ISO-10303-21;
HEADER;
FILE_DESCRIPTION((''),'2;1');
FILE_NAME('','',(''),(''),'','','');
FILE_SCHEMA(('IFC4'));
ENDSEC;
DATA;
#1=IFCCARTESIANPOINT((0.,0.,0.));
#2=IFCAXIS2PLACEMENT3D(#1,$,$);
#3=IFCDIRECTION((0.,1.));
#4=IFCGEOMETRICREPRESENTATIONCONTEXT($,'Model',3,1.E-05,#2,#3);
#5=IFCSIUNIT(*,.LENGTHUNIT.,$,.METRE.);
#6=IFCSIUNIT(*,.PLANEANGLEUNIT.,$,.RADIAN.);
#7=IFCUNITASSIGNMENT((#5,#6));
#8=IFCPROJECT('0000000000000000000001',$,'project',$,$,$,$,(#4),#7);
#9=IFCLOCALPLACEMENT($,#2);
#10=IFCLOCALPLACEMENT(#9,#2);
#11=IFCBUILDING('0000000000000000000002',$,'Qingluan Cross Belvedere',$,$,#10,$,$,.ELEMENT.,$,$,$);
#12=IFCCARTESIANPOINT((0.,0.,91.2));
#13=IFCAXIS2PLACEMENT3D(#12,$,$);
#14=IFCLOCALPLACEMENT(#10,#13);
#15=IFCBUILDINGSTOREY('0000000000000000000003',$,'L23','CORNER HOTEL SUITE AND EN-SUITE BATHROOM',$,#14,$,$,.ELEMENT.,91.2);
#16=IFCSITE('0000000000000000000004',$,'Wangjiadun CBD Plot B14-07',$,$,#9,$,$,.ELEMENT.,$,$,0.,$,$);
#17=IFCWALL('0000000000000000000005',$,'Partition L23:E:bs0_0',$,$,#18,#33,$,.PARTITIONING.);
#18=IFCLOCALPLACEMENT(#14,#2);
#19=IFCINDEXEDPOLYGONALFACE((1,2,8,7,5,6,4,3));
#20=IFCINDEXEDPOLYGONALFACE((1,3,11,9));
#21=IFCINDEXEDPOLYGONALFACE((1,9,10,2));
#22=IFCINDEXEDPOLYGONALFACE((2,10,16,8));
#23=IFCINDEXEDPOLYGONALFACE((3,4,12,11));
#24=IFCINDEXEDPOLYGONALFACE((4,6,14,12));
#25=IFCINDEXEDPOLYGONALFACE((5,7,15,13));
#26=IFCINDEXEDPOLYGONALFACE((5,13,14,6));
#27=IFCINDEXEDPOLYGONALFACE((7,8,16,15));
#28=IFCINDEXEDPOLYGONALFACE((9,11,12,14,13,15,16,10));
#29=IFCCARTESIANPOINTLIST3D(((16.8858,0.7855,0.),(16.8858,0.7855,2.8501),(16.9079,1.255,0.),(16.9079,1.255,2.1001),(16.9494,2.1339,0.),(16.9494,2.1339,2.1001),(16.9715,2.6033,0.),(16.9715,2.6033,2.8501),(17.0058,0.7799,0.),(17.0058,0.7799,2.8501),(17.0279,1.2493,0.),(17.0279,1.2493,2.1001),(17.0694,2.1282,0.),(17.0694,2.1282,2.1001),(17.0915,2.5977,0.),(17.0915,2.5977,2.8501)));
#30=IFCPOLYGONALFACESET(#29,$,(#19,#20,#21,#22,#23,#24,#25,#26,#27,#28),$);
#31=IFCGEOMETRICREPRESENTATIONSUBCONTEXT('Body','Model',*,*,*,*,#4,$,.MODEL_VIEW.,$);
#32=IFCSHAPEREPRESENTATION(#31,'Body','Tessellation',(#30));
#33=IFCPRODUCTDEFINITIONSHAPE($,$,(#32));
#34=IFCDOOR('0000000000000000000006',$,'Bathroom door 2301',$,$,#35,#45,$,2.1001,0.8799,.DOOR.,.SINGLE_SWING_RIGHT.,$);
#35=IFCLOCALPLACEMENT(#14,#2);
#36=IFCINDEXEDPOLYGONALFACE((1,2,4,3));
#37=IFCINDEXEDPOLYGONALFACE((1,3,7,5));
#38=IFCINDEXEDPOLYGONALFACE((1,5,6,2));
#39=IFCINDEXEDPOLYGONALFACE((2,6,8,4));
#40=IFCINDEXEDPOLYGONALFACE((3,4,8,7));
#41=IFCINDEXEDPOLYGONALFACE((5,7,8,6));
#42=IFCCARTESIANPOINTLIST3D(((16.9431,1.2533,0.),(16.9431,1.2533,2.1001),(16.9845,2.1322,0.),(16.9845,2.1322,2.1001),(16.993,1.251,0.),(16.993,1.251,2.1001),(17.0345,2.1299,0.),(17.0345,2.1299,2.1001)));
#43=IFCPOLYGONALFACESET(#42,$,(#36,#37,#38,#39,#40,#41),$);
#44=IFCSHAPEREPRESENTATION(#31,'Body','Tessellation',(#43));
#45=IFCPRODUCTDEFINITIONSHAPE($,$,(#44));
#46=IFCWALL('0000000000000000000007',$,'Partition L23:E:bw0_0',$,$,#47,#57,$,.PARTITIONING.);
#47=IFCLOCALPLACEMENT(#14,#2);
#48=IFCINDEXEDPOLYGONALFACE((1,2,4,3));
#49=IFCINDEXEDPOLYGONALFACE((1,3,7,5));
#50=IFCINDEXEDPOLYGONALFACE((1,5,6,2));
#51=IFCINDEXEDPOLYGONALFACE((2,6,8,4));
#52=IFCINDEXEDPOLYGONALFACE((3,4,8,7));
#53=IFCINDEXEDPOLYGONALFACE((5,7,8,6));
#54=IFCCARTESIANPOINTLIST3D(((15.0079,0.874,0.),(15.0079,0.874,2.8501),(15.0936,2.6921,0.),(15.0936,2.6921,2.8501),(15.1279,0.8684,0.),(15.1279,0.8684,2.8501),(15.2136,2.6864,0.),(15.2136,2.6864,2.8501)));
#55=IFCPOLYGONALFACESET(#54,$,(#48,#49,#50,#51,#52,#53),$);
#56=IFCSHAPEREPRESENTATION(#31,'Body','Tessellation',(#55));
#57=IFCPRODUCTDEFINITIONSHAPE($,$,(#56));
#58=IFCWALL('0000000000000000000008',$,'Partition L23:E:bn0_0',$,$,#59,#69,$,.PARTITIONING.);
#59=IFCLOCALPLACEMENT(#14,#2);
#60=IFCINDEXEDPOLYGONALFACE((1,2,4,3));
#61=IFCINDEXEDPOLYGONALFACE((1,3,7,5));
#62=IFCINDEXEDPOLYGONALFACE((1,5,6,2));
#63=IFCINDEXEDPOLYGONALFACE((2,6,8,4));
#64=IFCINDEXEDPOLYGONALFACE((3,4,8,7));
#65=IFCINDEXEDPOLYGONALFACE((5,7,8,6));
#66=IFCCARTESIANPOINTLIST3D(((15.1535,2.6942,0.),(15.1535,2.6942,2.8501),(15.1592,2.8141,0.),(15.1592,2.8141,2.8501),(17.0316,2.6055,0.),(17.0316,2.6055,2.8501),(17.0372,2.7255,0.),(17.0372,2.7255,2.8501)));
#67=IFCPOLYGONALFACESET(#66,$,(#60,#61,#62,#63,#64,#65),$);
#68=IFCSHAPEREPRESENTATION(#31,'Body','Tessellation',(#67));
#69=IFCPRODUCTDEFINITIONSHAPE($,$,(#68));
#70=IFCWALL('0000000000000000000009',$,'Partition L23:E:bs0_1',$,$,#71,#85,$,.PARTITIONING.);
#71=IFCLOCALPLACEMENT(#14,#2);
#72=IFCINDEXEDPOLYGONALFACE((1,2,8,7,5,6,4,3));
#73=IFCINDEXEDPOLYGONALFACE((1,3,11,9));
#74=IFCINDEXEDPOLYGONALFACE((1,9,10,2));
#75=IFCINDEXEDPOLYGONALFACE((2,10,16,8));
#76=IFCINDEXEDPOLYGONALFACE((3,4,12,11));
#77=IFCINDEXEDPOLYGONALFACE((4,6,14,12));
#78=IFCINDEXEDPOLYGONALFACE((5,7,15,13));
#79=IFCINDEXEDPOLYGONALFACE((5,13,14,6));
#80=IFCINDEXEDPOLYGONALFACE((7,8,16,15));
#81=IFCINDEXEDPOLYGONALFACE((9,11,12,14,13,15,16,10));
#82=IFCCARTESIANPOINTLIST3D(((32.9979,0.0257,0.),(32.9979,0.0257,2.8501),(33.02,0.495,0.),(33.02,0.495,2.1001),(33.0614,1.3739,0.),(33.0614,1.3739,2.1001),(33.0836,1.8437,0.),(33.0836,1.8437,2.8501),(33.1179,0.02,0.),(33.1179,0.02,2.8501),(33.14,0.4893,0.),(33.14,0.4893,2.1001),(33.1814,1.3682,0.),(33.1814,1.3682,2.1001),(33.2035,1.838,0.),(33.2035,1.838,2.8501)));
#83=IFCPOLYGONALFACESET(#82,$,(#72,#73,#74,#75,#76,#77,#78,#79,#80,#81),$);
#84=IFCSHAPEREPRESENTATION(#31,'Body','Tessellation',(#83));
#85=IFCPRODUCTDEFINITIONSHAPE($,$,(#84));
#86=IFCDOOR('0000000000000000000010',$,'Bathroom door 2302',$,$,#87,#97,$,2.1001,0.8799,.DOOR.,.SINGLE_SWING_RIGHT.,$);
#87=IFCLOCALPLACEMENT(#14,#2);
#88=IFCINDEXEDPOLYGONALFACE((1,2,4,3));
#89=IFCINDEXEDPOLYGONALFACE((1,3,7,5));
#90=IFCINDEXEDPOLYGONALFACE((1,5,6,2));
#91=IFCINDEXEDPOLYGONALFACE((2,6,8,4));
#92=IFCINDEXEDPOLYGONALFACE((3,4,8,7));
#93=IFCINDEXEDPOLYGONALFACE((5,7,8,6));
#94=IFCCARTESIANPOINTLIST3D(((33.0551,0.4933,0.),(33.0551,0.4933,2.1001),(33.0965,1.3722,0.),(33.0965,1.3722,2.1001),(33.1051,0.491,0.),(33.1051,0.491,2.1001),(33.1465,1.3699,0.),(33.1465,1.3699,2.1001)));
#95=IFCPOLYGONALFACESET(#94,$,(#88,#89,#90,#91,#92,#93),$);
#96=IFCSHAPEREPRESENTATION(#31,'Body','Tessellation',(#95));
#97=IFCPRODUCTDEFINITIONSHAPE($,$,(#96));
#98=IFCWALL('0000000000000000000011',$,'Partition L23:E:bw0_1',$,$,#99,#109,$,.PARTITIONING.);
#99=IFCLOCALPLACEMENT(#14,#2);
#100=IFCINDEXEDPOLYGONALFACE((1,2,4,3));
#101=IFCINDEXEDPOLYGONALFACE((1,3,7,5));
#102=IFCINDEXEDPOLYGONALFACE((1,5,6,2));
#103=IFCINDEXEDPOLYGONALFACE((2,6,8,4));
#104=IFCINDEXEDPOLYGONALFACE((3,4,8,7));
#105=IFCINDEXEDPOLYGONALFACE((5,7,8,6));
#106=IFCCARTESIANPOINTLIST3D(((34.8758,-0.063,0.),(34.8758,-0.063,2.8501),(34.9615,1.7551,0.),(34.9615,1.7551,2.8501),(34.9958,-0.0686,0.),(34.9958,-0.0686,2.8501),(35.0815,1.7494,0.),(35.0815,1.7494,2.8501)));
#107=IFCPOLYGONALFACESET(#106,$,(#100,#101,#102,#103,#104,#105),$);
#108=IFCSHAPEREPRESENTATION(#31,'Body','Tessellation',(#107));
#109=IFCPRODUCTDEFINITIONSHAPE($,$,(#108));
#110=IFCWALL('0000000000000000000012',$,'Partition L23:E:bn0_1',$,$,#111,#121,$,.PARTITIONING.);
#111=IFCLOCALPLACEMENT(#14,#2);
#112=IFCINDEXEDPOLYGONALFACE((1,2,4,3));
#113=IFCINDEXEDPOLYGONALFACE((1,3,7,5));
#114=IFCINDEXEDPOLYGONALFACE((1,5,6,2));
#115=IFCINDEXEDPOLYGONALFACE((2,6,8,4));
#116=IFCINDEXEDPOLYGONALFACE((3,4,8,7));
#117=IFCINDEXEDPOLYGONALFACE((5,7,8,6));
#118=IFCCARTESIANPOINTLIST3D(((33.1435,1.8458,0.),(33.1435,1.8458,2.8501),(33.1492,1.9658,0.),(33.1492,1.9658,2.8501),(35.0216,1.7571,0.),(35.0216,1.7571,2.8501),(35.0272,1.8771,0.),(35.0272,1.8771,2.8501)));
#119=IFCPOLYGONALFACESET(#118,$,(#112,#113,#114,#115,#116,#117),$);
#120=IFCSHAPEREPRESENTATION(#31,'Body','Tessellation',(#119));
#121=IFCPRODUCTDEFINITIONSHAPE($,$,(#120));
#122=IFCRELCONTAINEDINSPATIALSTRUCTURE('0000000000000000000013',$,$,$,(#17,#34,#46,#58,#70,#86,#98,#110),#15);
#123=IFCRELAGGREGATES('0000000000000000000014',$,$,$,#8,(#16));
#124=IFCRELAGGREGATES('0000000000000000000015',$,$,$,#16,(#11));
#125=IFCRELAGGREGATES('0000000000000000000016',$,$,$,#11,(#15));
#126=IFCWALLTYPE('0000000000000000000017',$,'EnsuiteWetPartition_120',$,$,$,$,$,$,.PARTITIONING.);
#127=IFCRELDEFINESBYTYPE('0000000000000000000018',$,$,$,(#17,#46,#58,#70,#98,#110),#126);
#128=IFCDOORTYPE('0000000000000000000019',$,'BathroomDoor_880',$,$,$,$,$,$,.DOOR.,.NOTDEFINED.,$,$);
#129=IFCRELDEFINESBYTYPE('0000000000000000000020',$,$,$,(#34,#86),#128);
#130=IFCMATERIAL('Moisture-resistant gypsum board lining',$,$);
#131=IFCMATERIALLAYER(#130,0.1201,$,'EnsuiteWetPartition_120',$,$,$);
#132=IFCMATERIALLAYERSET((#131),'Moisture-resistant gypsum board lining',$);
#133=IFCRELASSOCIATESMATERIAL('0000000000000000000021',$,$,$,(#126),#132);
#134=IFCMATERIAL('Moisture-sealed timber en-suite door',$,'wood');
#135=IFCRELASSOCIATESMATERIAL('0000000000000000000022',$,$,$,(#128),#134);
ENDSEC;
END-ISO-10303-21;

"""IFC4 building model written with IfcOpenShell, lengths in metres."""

from ifc_helpers import new_model, si_unit, direction, frame, frame_2d, origin, place, context, subcontext, project, spatial, rectangle, extrude, material, layer, layer_set, type_object, element, fill, save


model = new_model("IFC4")

# Units and contexts
model_context = context("Model", 3, precision=1e-05, world=origin(), true_north=direction((0.0, 1.0)))
body_context = subcontext(model_context, "Body", "Model", "MODEL_VIEW")
ifc_project = project(units=[si_unit("LENGTHUNIT", "METRE"), si_unit("PLANEANGLEUNIT", "RADIAN")], contexts=[model_context])

# Site, building, storey
site_placement = place(None, origin())
site = spatial("IfcSite", under=ifc_project, at=site_placement, Name="Wangjiadun CBD Plot B14-07", CompositionType="ELEMENT", RefElevation=0.0)
building_placement = place(site_placement, origin())
building = spatial("IfcBuilding", under=site, at=building_placement, Name="Qingluan Cross Belvedere", CompositionType="ELEMENT")
storey_placement = place(building_placement, frame((0.0, 0.0, 91.2)))
storey = spatial("IfcBuildingStorey", under=building, at=storey_placement, Name="L23", Description="CORNER HOTEL SUITE AND EN-SUITE BATHROOM", CompositionType="ELEMENT", Elevation=91.2)

# Wall, opening, door
ifc_material_1 = material(Name="Moisture-resistant gypsum board lining")
ifc_layer_1 = layer(ifc_material_1, 0.1201, Name="EnsuiteWetPartition_120")
ifc_layer_set_1 = layer_set([ifc_layer_1], Name="Moisture-resistant gypsum board lining")
wall_type_1 = type_object("IfcWallType", Name="EnsuiteWetPartition_120", PredefinedType="PARTITIONING", material=ifc_layer_set_1)
wall_1_placement = place(storey_placement, frame((16.9458, 0.7827, 0.0), z_axis=(0.0, 0.0, 1.0), x_axis=(0.047087, 0.998891, 0.0)))
wall_1 = element("IfcWall", 1, at=wall_1_placement, inside=storey, type_object=wall_type_1, Name="Partition L23:E:bs0_0", PredefinedType="PARTITIONING", context=body_context, shape_type="SweptSolid", body=[
    extrude(rectangle(XDim=1.8198, YDim=0.1201, at=frame_2d((0.9099, 0.0))), origin(), (0.0, 0.0, 1.0), 2.8501),
])
opening_1_placement = place(wall_1_placement, frame((0.47, 0.0, 0.0)))
opening_1 = element("IfcOpeningElement", 2, at=opening_1_placement, cuts=wall_1, PredefinedType="OPENING", context=body_context, shape_type="SweptSolid", body=[
    extrude(rectangle(XDim=0.8799, YDim=2.1001, at=frame_2d((0.4399, 1.05))), frame((0.0, 0.0701, 0.0), z_axis=(0.0, -1.0, 0.0), x_axis=(1.0, 0.0, 0.0)), (0.0, 0.0, 1.0), 0.1401),
])
ifc_material_2 = material(Name="Moisture-sealed timber en-suite door", Category="wood")
door_type_1 = type_object("IfcDoorType", Name="BathroomDoor_880", OperationType="NOTDEFINED", PredefinedType="DOOR", material=ifc_material_2)
door_1_placement = place(opening_1_placement, origin())
door_1 = element("IfcDoor", 3, at=door_1_placement, inside=storey, type_object=door_type_1, Name="Bathroom door 2301", OperationType="SINGLE_SWING_RIGHT", OverallHeight=2.1001, OverallWidth=0.8799, PredefinedType="DOOR", context=body_context, shape_type="SweptSolid", body=[
    extrude(rectangle(XDim=0.8799, YDim=2.1001, at=frame_2d((0.4399, 1.05))), frame((0.0, 0.0249, 0.0), z_axis=(0.0, -1.0, 0.0), x_axis=(1.0, 0.0, 0.0)), (0.0, 0.0, 1.0), 0.05),
])
fill(opening_1, door_1)

# Walls
wall_2_placement = place(storey_placement, frame((15.0679, 0.8711, 0.0), z_axis=(0.0, 0.0, 1.0), x_axis=(0.047081, 0.998891, 0.0)))
element("IfcWall", 4, at=wall_2_placement, inside=storey, type_object=wall_type_1, Name="Partition L23:E:bw0_0", PredefinedType="PARTITIONING", context=body_context, shape_type="SweptSolid", body=[
    extrude(rectangle(XDim=1.8201, YDim=0.1201, at=frame_2d((0.9102, 0.0))), origin(), (0.0, 0.0, 1.0), 2.8501),
])
wall_3_placement = place(storey_placement, frame((15.1565, 2.7542, 0.0), z_axis=(0.0, 0.0, 1.0), x_axis=(0.998888, -0.047139, 0.0)))
element("IfcWall", 5, at=wall_3_placement, inside=storey, type_object=wall_type_1, Name="Partition L23:E:bn0_0", PredefinedType="PARTITIONING", context=body_context, shape_type="SweptSolid", body=[
    extrude(rectangle(XDim=1.8801, YDim=0.1201, at=frame_2d((0.9399, 0.0))), origin(), (0.0, 0.0, 1.0), 2.8501),
])

# Wall, opening, door
wall_4_placement = place(storey_placement, frame((33.0579, 0.0227, 0.0), z_axis=(0.0, 0.0, 1.0), x_axis=(0.047081, 0.998891, 0.0)))
wall_4 = element("IfcWall", 6, at=wall_4_placement, inside=storey, type_object=wall_type_1, Name="Partition L23:E:bs0_1", PredefinedType="PARTITIONING", context=body_context, shape_type="SweptSolid", body=[
    extrude(rectangle(XDim=1.8201, YDim=0.1201, at=frame_2d((0.9102, 0.0))), origin(), (0.0, 0.0, 1.0), 2.8501),
])
opening_2_placement = place(wall_4_placement, frame((0.47, 0.0, 0.0)))
opening_2 = element("IfcOpeningElement", 7, at=opening_2_placement, cuts=wall_4, PredefinedType="OPENING", context=body_context, shape_type="SweptSolid", body=[
    extrude(rectangle(XDim=0.8799, YDim=2.1001, at=frame_2d((0.4399, 1.05))), frame((0.0, 0.0701, 0.0), z_axis=(0.0, -1.0, 0.0), x_axis=(1.0, 0.0, 0.0)), (0.0, 0.0, 1.0), 0.1401),
])
door_2_placement = place(opening_2_placement, origin())
door_2 = element("IfcDoor", 8, at=door_2_placement, inside=storey, type_object=door_type_1, Name="Bathroom door 2302", OperationType="SINGLE_SWING_RIGHT", OverallHeight=2.1001, OverallWidth=0.8799, PredefinedType="DOOR", context=body_context, shape_type="SweptSolid", body=[
    extrude(rectangle(XDim=0.8799, YDim=2.1001, at=frame_2d((0.4399, 1.05))), frame((0.0, 0.0249, 0.0), z_axis=(0.0, -1.0, 0.0), x_axis=(1.0, 0.0, 0.0)), (0.0, 0.0, 1.0), 0.05),
])
fill(opening_2, door_2)

# Walls
wall_5_placement = place(storey_placement, frame((34.9358, -0.0659, 0.0), z_axis=(0.0, 0.0, 1.0), x_axis=(0.047081, 0.998891, 0.0)))
element("IfcWall", 9, at=wall_5_placement, inside=storey, type_object=wall_type_1, Name="Partition L23:E:bw0_1", PredefinedType="PARTITIONING", context=body_context, shape_type="SweptSolid", body=[
    extrude(rectangle(XDim=1.8201, YDim=0.1201, at=frame_2d((0.9102, 0.0))), origin(), (0.0, 0.0, 1.0), 2.8501),
])
wall_6_placement = place(storey_placement, frame((33.1465, 1.9058, 0.0), z_axis=(0.0, 0.0, 1.0), x_axis=(0.998888, -0.047139, 0.0)))
element("IfcWall", 10, at=wall_6_placement, inside=storey, type_object=wall_type_1, Name="Partition L23:E:bn0_1", PredefinedType="PARTITIONING", context=body_context, shape_type="SweptSolid", body=[
    extrude(rectangle(XDim=1.8801, YDim=0.1201, at=frame_2d((0.9399, 0.0))), origin(), (0.0, 0.0, 1.0), 2.8501),
])

save(model, "model.ifc")
